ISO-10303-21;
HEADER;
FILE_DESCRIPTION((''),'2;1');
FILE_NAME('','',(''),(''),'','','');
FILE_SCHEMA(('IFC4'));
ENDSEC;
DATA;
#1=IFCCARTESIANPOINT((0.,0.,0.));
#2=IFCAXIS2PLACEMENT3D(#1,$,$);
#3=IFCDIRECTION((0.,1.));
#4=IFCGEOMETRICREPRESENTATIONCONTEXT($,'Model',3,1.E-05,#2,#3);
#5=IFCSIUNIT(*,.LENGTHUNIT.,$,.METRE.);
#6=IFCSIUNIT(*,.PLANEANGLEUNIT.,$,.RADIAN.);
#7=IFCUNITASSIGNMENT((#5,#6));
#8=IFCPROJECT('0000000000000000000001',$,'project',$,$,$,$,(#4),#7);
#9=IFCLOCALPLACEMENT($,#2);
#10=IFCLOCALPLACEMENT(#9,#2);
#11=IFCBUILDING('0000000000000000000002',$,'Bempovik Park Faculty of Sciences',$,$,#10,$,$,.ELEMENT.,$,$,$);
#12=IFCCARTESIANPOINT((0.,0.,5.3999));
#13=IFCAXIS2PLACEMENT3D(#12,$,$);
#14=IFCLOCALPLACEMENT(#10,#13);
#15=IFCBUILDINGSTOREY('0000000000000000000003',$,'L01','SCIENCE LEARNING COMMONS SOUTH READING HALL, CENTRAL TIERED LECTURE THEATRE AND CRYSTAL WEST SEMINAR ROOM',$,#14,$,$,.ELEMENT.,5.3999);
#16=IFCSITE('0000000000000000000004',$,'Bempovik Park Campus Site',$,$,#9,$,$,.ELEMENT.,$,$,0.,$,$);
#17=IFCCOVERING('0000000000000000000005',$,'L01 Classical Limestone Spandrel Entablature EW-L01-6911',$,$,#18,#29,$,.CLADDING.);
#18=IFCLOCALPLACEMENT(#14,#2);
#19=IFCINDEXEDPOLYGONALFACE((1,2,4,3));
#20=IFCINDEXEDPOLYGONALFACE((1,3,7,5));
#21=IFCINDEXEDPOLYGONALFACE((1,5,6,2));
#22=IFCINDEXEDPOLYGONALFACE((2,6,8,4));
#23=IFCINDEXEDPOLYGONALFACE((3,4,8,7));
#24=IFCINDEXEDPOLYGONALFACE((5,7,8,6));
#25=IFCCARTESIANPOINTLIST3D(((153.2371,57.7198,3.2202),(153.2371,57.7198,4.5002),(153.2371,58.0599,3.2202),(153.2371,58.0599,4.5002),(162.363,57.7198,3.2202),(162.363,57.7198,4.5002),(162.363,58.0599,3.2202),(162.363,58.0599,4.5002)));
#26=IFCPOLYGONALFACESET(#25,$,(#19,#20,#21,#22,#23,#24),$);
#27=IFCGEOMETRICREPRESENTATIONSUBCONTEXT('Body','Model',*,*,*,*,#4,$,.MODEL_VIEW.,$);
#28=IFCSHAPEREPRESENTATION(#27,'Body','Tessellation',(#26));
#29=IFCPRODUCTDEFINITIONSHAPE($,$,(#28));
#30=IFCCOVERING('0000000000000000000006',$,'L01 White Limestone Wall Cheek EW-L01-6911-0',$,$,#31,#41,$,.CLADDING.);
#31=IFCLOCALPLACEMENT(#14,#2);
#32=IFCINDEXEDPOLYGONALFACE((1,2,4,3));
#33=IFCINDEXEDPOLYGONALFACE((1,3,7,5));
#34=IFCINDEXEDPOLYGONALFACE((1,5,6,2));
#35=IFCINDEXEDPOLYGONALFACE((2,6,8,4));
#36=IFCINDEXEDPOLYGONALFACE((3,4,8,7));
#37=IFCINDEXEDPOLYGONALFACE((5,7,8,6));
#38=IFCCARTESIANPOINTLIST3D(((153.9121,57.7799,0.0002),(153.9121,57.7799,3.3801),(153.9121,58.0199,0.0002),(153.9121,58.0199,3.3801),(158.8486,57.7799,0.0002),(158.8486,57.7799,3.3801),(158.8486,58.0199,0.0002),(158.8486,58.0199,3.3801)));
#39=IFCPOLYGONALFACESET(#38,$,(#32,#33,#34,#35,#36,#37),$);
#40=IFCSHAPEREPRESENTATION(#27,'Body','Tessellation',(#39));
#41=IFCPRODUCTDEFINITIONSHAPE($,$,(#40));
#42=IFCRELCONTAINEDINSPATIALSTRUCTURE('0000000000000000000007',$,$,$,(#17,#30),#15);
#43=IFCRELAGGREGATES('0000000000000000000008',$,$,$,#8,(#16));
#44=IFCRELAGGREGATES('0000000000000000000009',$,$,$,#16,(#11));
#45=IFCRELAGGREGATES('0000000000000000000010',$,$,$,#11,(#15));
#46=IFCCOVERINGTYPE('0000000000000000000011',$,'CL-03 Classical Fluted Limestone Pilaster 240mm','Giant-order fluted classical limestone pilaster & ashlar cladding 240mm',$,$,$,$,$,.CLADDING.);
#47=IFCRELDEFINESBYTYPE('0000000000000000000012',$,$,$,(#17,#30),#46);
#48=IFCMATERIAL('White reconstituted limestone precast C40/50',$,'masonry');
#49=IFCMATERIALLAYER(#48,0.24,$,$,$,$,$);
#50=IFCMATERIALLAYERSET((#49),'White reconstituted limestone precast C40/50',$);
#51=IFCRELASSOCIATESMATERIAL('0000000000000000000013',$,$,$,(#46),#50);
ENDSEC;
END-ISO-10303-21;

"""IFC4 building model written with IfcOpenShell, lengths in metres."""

from ifc_helpers import new_model, si_unit, direction, frame, origin, origin_2d, place, context, subcontext, project, spatial, rectangle, extrude, material, layer, layer_set, type_object, element, save


model = new_model("IFC4")

# Units and contexts
model_context = context("Model", 3, precision=1e-05, world=origin(), true_north=direction((0.0, 1.0)))
body_context = subcontext(model_context, "Body", "Model", "MODEL_VIEW")
ifc_project = project(units=[si_unit("LENGTHUNIT", "METRE"), si_unit("PLANEANGLEUNIT", "RADIAN")], contexts=[model_context])

# Site, building, storey
site_placement = place(None, origin())
site = spatial("IfcSite", under=ifc_project, at=site_placement, Name="Bempovik Park Campus Site", CompositionType="ELEMENT", RefElevation=0.0)
building_placement = place(site_placement, origin())
building = spatial("IfcBuilding", under=site, at=building_placement, Name="Bempovik Park Faculty of Sciences", CompositionType="ELEMENT")
storey_placement = place(building_placement, frame((0.0, 0.0, 5.3999)))
storey = spatial("IfcBuildingStorey", under=building, at=storey_placement, Name="L01", Description="SCIENCE LEARNING COMMONS SOUTH READING HALL, CENTRAL TIERED LECTURE THEATRE AND CRYSTAL WEST SEMINAR ROOM", CompositionType="ELEMENT", Elevation=5.3999)

# Coverings
ifc_material_1 = material(Name="White reconstituted limestone precast C40/50", Category="masonry")
ifc_layer_1 = layer(ifc_material_1, 0.24)
ifc_layer_set_1 = layer_set([ifc_layer_1], Name="White reconstituted limestone precast C40/50")
covering_type = type_object("IfcCoveringType", Name="CL-03 Classical Fluted Limestone Pilaster 240mm", Description="Giant-order fluted classical limestone pilaster & ashlar cladding 240mm", PredefinedType="CLADDING", material=ifc_layer_set_1)
covering_1_placement = place(storey_placement, frame((157.8, 57.8899, 3.2202), z_axis=(0.0, 0.0, 1.0), x_axis=(1.0, 0.0, 0.0)))
element("IfcCovering", 1, at=covering_1_placement, inside=storey, type_object=covering_type, Name="L01 Classical Limestone Spandrel Entablature EW-L01-6911", PredefinedType="CLADDING", context=body_context, shape_type="SweptSolid", body=[
    extrude(rectangle(XDim=9.126, YDim=0.3401, at=origin_2d()), origin(), (0.0, 0.0, 1.0), 1.28),
])
covering_2_placement = place(storey_placement, frame((156.3804, 57.8999, 0.0002), z_axis=(0.0, 0.0, 1.0), x_axis=(1.0, 0.0, 0.0)))
element("IfcCovering", 2, at=covering_2_placement, inside=storey, type_object=covering_type, Name="L01 White Limestone Wall Cheek EW-L01-6911-0", PredefinedType="CLADDING", context=body_context, shape_type="SweptSolid", body=[
    extrude(rectangle(XDim=4.9365, YDim=0.24, at=origin_2d()), origin(), (0.0, 0.0, 1.0), 3.3799),
])

save(model, "model.ifc")
